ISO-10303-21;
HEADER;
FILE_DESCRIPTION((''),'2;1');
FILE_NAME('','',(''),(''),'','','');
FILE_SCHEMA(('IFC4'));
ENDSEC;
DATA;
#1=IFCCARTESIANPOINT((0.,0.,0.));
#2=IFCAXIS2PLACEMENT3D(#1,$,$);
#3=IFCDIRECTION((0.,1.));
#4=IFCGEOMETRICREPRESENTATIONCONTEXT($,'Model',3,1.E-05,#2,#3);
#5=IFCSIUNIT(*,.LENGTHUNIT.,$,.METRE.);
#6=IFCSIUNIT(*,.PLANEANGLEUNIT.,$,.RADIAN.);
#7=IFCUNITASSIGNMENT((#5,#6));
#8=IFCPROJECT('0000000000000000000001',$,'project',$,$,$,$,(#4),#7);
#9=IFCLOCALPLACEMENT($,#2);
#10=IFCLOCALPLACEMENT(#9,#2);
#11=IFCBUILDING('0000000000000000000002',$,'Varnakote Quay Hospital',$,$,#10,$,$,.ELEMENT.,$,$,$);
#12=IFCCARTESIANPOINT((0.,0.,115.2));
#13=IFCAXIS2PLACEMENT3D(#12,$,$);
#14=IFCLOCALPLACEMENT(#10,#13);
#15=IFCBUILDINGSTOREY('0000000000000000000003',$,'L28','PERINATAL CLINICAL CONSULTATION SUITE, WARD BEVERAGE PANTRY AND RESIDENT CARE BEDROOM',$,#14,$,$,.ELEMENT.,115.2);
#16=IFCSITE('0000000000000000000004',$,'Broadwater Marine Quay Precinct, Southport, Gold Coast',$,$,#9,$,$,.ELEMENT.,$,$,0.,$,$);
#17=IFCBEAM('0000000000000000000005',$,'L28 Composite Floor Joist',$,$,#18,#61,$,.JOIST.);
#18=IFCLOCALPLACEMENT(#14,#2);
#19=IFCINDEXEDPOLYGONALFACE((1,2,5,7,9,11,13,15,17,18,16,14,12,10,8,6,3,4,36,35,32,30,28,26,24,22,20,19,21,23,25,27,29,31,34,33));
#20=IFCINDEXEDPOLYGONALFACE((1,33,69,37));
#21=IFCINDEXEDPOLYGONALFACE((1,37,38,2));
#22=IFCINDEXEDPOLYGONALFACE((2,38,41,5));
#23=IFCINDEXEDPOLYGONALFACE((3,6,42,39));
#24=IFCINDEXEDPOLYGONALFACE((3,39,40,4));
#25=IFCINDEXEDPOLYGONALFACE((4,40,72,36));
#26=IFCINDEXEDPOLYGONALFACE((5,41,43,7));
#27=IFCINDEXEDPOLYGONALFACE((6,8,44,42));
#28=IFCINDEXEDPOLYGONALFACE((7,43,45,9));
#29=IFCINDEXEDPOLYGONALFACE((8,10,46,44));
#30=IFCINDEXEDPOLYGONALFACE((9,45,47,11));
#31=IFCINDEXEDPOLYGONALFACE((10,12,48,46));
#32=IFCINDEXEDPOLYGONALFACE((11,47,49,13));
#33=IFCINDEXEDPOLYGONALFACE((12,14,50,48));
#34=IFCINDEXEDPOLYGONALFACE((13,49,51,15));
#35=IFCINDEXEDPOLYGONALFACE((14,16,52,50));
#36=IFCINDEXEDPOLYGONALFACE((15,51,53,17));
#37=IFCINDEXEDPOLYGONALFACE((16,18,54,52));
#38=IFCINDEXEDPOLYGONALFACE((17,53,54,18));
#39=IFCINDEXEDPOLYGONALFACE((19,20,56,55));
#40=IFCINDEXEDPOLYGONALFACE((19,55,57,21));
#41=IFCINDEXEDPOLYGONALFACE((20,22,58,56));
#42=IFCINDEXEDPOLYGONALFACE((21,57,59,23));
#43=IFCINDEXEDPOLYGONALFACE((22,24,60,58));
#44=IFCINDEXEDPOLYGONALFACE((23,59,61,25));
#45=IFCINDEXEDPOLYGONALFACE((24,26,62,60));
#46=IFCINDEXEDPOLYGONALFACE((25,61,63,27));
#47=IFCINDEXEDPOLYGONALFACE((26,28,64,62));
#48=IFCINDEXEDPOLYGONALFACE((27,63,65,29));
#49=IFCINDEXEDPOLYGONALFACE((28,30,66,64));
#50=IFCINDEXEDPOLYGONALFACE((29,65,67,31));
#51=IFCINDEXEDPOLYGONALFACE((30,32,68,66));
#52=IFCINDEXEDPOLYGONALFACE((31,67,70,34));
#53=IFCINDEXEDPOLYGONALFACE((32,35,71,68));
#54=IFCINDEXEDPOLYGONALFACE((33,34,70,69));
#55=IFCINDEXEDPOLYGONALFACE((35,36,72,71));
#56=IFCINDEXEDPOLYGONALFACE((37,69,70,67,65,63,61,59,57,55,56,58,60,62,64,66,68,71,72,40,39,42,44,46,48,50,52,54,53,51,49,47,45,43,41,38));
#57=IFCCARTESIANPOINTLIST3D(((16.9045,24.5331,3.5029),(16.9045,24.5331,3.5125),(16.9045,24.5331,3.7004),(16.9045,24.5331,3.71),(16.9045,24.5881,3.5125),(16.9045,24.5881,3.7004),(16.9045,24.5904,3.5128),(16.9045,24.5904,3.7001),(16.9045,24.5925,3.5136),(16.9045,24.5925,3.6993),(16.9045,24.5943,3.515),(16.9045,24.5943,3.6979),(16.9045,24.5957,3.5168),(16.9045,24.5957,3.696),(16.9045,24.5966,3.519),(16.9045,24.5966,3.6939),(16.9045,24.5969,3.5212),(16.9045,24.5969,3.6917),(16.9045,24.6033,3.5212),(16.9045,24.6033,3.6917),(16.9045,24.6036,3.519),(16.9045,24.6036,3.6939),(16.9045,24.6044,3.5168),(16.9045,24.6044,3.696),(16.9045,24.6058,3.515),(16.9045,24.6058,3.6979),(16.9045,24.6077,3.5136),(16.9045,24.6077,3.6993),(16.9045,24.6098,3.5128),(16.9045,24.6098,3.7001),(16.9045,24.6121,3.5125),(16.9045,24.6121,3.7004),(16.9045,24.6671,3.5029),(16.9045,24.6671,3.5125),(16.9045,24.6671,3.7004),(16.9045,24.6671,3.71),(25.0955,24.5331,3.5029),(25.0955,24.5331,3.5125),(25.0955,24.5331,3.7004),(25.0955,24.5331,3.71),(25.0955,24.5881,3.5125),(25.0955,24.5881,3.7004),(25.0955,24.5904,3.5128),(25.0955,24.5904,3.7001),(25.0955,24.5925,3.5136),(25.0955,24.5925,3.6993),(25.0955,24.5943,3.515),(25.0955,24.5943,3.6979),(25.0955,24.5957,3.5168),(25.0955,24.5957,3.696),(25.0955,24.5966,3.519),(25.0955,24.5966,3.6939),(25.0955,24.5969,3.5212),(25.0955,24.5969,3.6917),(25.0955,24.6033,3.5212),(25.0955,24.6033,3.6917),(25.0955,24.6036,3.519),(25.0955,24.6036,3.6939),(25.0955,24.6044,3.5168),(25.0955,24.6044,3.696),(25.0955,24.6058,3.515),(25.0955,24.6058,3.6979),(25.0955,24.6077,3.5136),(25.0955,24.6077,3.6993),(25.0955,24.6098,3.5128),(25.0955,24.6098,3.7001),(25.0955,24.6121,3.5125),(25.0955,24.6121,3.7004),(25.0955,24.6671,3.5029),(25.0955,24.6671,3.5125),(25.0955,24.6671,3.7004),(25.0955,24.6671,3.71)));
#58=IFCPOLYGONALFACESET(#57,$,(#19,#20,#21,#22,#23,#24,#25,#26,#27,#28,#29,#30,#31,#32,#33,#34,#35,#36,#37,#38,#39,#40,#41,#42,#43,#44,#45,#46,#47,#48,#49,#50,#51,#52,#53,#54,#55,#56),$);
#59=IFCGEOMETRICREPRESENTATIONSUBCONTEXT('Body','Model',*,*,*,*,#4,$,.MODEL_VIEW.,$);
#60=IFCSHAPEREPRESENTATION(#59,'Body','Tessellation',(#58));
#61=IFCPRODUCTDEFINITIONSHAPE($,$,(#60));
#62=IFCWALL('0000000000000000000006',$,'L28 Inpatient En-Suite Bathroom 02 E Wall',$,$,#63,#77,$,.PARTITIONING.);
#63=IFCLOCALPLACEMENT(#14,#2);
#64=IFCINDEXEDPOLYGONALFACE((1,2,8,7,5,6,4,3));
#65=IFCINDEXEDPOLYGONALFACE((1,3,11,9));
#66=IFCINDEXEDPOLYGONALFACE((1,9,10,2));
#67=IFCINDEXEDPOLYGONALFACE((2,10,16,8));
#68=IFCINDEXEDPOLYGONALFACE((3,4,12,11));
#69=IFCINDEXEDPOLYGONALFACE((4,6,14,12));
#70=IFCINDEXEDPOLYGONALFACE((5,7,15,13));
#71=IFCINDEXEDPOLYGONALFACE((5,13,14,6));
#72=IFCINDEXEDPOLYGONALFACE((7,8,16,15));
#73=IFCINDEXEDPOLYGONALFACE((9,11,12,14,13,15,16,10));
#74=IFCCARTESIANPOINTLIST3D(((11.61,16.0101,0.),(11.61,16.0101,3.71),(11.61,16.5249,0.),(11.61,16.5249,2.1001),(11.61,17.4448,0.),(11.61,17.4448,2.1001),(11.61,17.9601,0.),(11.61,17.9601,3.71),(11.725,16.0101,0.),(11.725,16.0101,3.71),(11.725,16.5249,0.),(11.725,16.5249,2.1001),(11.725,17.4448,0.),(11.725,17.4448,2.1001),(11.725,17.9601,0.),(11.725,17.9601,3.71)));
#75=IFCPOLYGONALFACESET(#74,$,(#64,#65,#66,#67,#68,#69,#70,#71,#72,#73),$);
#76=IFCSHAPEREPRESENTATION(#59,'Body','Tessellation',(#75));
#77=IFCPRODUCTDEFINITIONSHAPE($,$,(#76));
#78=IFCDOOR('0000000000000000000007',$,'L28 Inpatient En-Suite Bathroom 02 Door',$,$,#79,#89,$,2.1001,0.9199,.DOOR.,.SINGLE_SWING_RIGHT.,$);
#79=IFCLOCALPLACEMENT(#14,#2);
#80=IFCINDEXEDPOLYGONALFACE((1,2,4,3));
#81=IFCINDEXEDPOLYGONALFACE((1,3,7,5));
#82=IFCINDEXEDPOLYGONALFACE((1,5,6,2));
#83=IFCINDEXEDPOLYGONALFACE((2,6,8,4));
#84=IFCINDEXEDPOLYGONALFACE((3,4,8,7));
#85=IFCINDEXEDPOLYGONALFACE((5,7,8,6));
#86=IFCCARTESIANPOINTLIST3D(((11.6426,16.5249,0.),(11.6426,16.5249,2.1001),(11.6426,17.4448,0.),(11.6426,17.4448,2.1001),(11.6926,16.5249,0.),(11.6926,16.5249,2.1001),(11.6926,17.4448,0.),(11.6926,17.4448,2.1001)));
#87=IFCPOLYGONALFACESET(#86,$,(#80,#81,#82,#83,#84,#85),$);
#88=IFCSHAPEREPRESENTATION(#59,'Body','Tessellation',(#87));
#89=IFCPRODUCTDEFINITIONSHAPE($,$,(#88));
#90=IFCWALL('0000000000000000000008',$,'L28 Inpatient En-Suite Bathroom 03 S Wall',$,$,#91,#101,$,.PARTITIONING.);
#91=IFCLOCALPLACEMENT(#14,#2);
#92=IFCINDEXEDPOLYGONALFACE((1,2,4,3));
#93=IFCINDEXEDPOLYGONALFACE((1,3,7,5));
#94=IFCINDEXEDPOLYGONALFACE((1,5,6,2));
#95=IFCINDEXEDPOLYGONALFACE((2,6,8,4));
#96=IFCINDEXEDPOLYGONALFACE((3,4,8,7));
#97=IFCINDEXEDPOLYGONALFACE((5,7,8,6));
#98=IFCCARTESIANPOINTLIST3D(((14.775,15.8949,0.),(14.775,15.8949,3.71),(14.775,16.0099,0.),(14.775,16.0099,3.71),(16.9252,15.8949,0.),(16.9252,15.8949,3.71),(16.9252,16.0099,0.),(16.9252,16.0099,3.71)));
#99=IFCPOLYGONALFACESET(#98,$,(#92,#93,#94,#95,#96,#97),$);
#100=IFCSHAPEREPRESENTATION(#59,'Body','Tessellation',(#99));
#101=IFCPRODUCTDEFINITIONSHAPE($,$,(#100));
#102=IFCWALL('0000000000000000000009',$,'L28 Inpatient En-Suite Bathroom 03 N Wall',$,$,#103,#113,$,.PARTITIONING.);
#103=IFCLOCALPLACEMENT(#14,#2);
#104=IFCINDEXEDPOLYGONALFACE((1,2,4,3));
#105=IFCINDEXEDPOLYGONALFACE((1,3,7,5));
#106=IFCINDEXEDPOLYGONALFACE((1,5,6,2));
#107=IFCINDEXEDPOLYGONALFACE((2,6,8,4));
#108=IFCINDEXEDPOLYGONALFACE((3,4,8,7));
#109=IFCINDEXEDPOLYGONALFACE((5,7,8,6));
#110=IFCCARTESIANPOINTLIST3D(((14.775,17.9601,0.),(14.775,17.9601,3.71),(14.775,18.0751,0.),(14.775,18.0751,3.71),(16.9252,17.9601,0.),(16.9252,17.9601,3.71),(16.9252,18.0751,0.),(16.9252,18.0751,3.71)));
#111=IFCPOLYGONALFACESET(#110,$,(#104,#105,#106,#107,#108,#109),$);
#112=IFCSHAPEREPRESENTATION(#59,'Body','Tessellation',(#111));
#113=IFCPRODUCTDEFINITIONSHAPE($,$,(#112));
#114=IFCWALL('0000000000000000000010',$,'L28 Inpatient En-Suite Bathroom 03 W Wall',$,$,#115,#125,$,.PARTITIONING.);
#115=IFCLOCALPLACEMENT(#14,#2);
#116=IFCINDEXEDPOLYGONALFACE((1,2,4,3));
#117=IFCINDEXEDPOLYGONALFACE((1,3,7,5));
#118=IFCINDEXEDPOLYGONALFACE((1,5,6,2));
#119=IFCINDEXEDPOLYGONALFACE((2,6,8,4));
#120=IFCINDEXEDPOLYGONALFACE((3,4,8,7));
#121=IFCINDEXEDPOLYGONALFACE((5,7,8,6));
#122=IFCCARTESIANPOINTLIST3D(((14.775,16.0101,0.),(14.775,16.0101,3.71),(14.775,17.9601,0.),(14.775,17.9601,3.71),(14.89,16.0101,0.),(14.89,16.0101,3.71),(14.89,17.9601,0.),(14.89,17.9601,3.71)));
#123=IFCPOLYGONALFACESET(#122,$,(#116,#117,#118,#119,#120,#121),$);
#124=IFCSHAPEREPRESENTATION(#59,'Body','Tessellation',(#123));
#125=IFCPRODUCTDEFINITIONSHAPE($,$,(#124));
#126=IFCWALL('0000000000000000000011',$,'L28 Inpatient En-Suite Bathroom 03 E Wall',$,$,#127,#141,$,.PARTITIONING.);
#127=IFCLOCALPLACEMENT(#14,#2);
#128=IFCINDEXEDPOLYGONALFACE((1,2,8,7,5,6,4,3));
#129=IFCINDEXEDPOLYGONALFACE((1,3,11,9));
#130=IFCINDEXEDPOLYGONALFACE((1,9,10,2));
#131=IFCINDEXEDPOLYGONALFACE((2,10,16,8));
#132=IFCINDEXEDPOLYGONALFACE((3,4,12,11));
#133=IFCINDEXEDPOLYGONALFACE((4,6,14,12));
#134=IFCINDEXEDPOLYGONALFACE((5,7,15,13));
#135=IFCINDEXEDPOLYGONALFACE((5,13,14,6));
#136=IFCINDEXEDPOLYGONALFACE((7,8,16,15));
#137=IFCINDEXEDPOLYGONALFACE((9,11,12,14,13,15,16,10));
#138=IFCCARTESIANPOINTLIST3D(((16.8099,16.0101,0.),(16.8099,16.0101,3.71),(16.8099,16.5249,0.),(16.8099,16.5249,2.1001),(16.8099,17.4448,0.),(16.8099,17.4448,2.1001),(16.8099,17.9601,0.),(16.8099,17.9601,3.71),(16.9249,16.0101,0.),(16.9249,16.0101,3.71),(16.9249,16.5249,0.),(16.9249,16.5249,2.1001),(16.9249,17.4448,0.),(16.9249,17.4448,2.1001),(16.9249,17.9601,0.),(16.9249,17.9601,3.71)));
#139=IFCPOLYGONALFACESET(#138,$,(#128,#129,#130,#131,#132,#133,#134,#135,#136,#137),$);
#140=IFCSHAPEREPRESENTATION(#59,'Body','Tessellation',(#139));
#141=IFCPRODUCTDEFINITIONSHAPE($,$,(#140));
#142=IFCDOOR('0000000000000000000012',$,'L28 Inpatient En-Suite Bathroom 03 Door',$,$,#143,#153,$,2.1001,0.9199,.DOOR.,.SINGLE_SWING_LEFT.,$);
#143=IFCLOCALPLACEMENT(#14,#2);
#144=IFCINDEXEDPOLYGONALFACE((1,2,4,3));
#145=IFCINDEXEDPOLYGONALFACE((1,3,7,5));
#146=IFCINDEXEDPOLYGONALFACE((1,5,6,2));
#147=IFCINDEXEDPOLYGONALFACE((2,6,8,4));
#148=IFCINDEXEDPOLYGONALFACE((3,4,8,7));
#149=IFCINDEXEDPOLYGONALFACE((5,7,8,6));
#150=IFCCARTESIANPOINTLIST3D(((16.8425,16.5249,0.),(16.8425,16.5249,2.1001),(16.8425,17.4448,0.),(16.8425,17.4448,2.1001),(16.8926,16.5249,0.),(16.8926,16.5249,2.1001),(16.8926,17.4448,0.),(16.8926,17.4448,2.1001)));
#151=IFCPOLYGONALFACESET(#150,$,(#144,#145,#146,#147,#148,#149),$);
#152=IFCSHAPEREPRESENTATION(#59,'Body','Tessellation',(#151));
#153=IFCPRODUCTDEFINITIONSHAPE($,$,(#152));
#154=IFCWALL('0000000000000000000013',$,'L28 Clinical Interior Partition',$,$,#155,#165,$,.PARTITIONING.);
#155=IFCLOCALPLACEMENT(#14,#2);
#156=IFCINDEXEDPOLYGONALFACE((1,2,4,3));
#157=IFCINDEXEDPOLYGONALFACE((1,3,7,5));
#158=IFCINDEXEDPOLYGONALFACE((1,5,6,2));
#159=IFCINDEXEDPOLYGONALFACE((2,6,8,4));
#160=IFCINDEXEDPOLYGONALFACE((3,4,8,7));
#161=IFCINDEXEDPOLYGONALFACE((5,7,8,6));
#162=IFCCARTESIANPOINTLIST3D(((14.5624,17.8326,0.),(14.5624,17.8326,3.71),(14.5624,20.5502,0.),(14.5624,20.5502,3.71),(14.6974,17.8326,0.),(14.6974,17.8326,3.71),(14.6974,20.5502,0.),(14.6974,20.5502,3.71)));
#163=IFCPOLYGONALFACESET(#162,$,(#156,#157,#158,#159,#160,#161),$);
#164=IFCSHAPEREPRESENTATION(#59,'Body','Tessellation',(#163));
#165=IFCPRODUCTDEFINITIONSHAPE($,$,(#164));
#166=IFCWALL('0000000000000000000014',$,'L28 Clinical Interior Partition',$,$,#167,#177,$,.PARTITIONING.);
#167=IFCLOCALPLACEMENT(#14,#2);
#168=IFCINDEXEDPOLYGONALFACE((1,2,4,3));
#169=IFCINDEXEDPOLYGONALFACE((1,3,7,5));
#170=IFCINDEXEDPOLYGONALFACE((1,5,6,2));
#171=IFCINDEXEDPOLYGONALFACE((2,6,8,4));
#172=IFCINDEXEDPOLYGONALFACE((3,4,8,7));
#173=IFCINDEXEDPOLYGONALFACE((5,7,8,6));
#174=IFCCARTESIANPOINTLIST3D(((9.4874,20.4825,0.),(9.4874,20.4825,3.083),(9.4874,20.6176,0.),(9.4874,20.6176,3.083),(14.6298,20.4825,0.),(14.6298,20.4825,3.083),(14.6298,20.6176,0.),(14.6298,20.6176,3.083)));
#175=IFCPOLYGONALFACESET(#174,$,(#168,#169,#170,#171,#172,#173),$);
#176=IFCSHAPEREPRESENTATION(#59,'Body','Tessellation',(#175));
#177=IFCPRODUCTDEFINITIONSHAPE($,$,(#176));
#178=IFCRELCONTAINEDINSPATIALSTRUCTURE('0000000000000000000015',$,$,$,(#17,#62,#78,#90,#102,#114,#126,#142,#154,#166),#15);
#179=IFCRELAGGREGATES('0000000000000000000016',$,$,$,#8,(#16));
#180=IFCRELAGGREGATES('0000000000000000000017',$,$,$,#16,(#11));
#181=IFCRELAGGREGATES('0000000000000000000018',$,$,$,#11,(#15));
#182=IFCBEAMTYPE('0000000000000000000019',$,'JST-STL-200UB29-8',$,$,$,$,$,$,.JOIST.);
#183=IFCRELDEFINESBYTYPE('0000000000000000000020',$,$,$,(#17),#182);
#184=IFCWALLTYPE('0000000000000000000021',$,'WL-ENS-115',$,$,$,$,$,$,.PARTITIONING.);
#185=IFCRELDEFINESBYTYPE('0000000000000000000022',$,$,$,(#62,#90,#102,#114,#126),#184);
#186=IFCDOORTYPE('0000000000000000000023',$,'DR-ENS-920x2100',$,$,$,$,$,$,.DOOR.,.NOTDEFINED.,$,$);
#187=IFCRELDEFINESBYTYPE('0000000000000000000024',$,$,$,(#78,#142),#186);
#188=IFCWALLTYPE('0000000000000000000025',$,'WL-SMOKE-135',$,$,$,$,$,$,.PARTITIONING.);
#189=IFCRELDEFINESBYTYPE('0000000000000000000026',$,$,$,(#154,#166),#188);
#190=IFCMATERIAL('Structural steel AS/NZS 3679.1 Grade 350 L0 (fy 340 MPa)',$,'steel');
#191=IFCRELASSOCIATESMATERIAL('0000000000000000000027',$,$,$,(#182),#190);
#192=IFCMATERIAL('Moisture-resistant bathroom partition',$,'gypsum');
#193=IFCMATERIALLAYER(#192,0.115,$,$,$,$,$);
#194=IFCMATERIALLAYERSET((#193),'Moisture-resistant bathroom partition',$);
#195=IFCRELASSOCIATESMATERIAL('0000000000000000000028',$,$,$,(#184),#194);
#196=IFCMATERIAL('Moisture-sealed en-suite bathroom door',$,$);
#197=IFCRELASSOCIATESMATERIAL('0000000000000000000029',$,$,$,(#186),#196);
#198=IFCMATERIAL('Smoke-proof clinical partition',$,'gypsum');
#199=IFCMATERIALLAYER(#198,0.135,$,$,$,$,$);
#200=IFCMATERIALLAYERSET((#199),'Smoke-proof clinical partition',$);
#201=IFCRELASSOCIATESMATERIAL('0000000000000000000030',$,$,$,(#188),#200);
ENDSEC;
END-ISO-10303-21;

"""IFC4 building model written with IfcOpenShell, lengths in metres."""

from ifc_helpers import new_model, si_unit, direction, frame, frame_2d, origin, origin_2d, place, context, subcontext, project, spatial, rectangle, i_section, extrude, material, layer, layer_set, material_profile, profile_set, type_object, element, fill, save


model = new_model("IFC4")

# Units and contexts
model_context = context("Model", 3, precision=1e-05, world=origin(), true_north=direction((0.0, 1.0)))
body_context = subcontext(model_context, "Body", "Model", "MODEL_VIEW")
ifc_project = project(units=[si_unit("LENGTHUNIT", "METRE"), si_unit("PLANEANGLEUNIT", "RADIAN")], contexts=[model_context])

# Site, building, storey
site_placement = place(None, origin())
site = spatial("IfcSite", under=ifc_project, at=site_placement, Name="Broadwater Marine Quay Precinct, Southport, Gold Coast", CompositionType="ELEMENT", RefElevation=0.0)
building_placement = place(site_placement, origin())
building = spatial("IfcBuilding", under=site, at=building_placement, Name="Varnakote Quay Hospital", CompositionType="ELEMENT")
storey_placement = place(building_placement, frame((0.0, 0.0, 115.2)))
storey = spatial("IfcBuildingStorey", under=building, at=storey_placement, Name="L28", Description="PERINATAL CLINICAL CONSULTATION SUITE, WARD BEVERAGE PANTRY AND RESIDENT CARE BEDROOM", CompositionType="ELEMENT", Elevation=115.2)

# Beam
ifc_material_1 = material(Name="Structural steel AS/NZS 3679.1 Grade 350 L0 (fy 340 MPa)", Category="steel")
ifc_material_profile_1 = material_profile(ifc_material_1, i_section(OverallWidth=0.134, OverallDepth=0.207, WebThickness=0.0063, FlangeThickness=0.0095, FilletRadius=0.0088, at=origin_2d()), Name="200UB29.8")
ifc_profile_set_1 = profile_set([ifc_material_profile_1], Name="Structural steel AS/NZS 3679.1 Grade 350 L0 (fy 340 MPa)")
beam_type_1 = type_object("IfcBeamType", Name="JST-STL-200UB29-8", PredefinedType="JOIST", material=ifc_profile_set_1)
beam_1_placement = place(storey_placement, frame((16.9045, 24.6001, 3.6064), z_axis=(1.0, 0.0, 0.0), x_axis=(0.0, 1.0, 0.0)))
element("IfcBeam", 1, at=beam_1_placement, inside=storey, type_object=beam_type_1, Name="L28 Composite Floor Joist", PredefinedType="JOIST", context=body_context, shape_type="SweptSolid", body=[
    extrude(i_section(OverallWidth=0.134, OverallDepth=0.207, WebThickness=0.0063, FlangeThickness=0.0095, FilletRadius=0.0088, at=origin_2d()), origin(), (0.0, 0.0, 1.0), 8.1909),
])

# Wall, opening, door
ifc_material_2 = material(Name="Moisture-resistant bathroom partition", Category="gypsum")
ifc_layer_1 = layer(ifc_material_2, 0.115)
ifc_layer_set_1 = layer_set([ifc_layer_1], Name="Moisture-resistant bathroom partition")
wall_type_1 = type_object("IfcWallType", Name="WL-ENS-115", PredefinedType="PARTITIONING", material=ifc_layer_set_1)
wall_1_placement = place(storey_placement, frame((11.6675, 16.01, 0.0), z_axis=(0.0, 0.0, 1.0), x_axis=(0.0, 1.0, 0.0)))
wall_1 = element("IfcWall", 2, at=wall_1_placement, inside=storey, type_object=wall_type_1, Name="L28 Inpatient En-Suite Bathroom 02 E Wall", PredefinedType="PARTITIONING", context=body_context, shape_type="SweptSolid", body=[
    extrude(rectangle(XDim=1.95, YDim=0.115, at=frame_2d((0.9751, 0.0))), origin(), (0.0, 0.0, 1.0), 3.71),
])
opening_1_placement = place(wall_1_placement, frame((0.5149, 0.0, 0.0)))
opening_1 = element("IfcOpeningElement", 3, at=opening_1_placement, cuts=wall_1, PredefinedType="OPENING", context=body_context, shape_type="SweptSolid", body=[
    extrude(rectangle(XDim=0.9199, YDim=2.1001, at=frame_2d((0.46, 1.05))), frame((0.0, 0.0674, 0.0), z_axis=(0.0, -1.0, 0.0), x_axis=(1.0, 0.0, 0.0)), (0.0, 0.0, 1.0), 0.135),
])
ifc_material_3 = material(Name="Moisture-sealed en-suite bathroom door")
door_type_1 = type_object("IfcDoorType", Name="DR-ENS-920x2100", OperationType="NOTDEFINED", PredefinedType="DOOR", material=ifc_material_3)
door_1_placement = place(opening_1_placement, origin())
door_1 = element("IfcDoor", 4, at=door_1_placement, inside=storey, type_object=door_type_1, Name="L28 Inpatient En-Suite Bathroom 02 Door", OperationType="SINGLE_SWING_RIGHT", OverallHeight=2.1001, OverallWidth=0.9199, PredefinedType="DOOR", context=body_context, shape_type="SweptSolid", body=[
    extrude(rectangle(XDim=0.9199, YDim=2.1001, at=frame_2d((0.46, 1.05))), frame((0.0, 0.0249, 0.0), z_axis=(0.0, -1.0, 0.0), x_axis=(1.0, 0.0, 0.0)), (0.0, 0.0, 1.0), 0.05),
])
fill(opening_1, door_1)

# Walls
for number, where, z_axis, x_axis, name in (
    (5, (14.7749, 15.9524, 0.0), (0.0, 0.0, 1.0), (1.0, 0.0, 0.0), "L28 Inpatient En-Suite Bathroom 03 S Wall"),
    (6, (14.7749, 18.0176, 0.0), (0.0, 0.0, 1.0), (1.0, 0.0, 0.0), "L28 Inpatient En-Suite Bathroom 03 N Wall"),
):
    element("IfcWall", number, at=place(storey_placement, frame(where, z_axis=z_axis, x_axis=x_axis)), inside=storey, type_object=wall_type_1, Name=name, PredefinedType="PARTITIONING", context=body_context, shape_type="SweptSolid", body=[
        extrude(rectangle(XDim=2.1501, YDim=0.115, at=frame_2d((1.0752, 0.0))), origin(), (0.0, 0.0, 1.0), 3.71),
    ])
wall_2_placement = place(storey_placement, frame((14.8325, 16.01, 0.0), z_axis=(0.0, 0.0, 1.0), x_axis=(0.0, 1.0, 0.0)))
element("IfcWall", 7, at=wall_2_placement, inside=storey, type_object=wall_type_1, Name="L28 Inpatient En-Suite Bathroom 03 W Wall", PredefinedType="PARTITIONING", context=body_context, shape_type="SweptSolid", body=[
    extrude(rectangle(XDim=1.95, YDim=0.115, at=frame_2d((0.9751, 0.0))), origin(), (0.0, 0.0, 1.0), 3.71),
])

# Wall, opening, door
wall_3_placement = place(storey_placement, frame((16.8674, 16.01, 0.0), z_axis=(0.0, 0.0, 1.0), x_axis=(0.0, 1.0, 0.0)))
wall_3 = element("IfcWall", 8, at=wall_3_placement, inside=storey, type_object=wall_type_1, Name="L28 Inpatient En-Suite Bathroom 03 E Wall", PredefinedType="PARTITIONING", context=body_context, shape_type="SweptSolid", body=[
    extrude(rectangle(XDim=1.95, YDim=0.115, at=frame_2d((0.9751, 0.0))), origin(), (0.0, 0.0, 1.0), 3.71),
])
opening_2_placement = place(wall_3_placement, frame((0.5149, 0.0, 0.0)))
opening_2 = element("IfcOpeningElement", 9, at=opening_2_placement, cuts=wall_3, PredefinedType="OPENING", context=body_context, shape_type="SweptSolid", body=[
    extrude(rectangle(XDim=0.9199, YDim=2.1001, at=frame_2d((0.46, 1.05))), frame((0.0, 0.0674, 0.0), z_axis=(0.0, -1.0, 0.0), x_axis=(1.0, 0.0, 0.0)), (0.0, 0.0, 1.0), 0.135),
])
door_2_placement = place(opening_2_placement, origin())
door_2 = element("IfcDoor", 10, at=door_2_placement, inside=storey, type_object=door_type_1, Name="L28 Inpatient En-Suite Bathroom 03 Door", OperationType="SINGLE_SWING_LEFT", OverallHeight=2.1001, OverallWidth=0.9199, PredefinedType="DOOR", context=body_context, shape_type="SweptSolid", body=[
    extrude(rectangle(XDim=0.9199, YDim=2.1001, at=frame_2d((0.46, 1.05))), frame((0.0, 0.0249, 0.0), z_axis=(0.0, -1.0, 0.0), x_axis=(1.0, 0.0, 0.0)), (0.0, 0.0, 1.0), 0.05),
])
fill(opening_2, door_2)

# Walls
ifc_material_4 = material(Name="Smoke-proof clinical partition", Category="gypsum")
ifc_layer_2 = layer(ifc_material_4, 0.135)
ifc_layer_set_2 = layer_set([ifc_layer_2], Name="Smoke-proof clinical partition")
wall_type_2 = type_object("IfcWallType", Name="WL-SMOKE-135", PredefinedType="PARTITIONING", material=ifc_layer_set_2)
wall_4_placement = place(storey_placement, frame((14.6299, 17.8325, 0.0), z_axis=(0.0, 0.0, 1.0), x_axis=(0.0, 1.0, 0.0)))
element("IfcWall", 11, at=wall_4_placement, inside=storey, type_object=wall_type_2, Name="L28 Clinical Interior Partition", PredefinedType="PARTITIONING", context=body_context, shape_type="SweptSolid", body=[
    extrude(rectangle(XDim=2.7175, YDim=0.135, at=frame_2d((1.3589, 0.0))), origin(), (0.0, 0.0, 1.0), 3.71),
])
wall_5_placement = place(storey_placement, frame((14.6299, 20.55, 0.0), z_axis=(0.0, 0.0, 1.0), x_axis=(-1.0, 0.0, 0.0)))
element("IfcWall", 12, at=wall_5_placement, inside=storey, type_object=wall_type_2, Name="L28 Clinical Interior Partition", PredefinedType="PARTITIONING", context=body_context, shape_type="SweptSolid", body=[
    extrude(rectangle(XDim=5.1423, YDim=0.135, at=frame_2d((2.5713, 0.0))), origin(), (0.0, 0.0, 1.0), 3.083),
])

save(model, "model.ifc")
